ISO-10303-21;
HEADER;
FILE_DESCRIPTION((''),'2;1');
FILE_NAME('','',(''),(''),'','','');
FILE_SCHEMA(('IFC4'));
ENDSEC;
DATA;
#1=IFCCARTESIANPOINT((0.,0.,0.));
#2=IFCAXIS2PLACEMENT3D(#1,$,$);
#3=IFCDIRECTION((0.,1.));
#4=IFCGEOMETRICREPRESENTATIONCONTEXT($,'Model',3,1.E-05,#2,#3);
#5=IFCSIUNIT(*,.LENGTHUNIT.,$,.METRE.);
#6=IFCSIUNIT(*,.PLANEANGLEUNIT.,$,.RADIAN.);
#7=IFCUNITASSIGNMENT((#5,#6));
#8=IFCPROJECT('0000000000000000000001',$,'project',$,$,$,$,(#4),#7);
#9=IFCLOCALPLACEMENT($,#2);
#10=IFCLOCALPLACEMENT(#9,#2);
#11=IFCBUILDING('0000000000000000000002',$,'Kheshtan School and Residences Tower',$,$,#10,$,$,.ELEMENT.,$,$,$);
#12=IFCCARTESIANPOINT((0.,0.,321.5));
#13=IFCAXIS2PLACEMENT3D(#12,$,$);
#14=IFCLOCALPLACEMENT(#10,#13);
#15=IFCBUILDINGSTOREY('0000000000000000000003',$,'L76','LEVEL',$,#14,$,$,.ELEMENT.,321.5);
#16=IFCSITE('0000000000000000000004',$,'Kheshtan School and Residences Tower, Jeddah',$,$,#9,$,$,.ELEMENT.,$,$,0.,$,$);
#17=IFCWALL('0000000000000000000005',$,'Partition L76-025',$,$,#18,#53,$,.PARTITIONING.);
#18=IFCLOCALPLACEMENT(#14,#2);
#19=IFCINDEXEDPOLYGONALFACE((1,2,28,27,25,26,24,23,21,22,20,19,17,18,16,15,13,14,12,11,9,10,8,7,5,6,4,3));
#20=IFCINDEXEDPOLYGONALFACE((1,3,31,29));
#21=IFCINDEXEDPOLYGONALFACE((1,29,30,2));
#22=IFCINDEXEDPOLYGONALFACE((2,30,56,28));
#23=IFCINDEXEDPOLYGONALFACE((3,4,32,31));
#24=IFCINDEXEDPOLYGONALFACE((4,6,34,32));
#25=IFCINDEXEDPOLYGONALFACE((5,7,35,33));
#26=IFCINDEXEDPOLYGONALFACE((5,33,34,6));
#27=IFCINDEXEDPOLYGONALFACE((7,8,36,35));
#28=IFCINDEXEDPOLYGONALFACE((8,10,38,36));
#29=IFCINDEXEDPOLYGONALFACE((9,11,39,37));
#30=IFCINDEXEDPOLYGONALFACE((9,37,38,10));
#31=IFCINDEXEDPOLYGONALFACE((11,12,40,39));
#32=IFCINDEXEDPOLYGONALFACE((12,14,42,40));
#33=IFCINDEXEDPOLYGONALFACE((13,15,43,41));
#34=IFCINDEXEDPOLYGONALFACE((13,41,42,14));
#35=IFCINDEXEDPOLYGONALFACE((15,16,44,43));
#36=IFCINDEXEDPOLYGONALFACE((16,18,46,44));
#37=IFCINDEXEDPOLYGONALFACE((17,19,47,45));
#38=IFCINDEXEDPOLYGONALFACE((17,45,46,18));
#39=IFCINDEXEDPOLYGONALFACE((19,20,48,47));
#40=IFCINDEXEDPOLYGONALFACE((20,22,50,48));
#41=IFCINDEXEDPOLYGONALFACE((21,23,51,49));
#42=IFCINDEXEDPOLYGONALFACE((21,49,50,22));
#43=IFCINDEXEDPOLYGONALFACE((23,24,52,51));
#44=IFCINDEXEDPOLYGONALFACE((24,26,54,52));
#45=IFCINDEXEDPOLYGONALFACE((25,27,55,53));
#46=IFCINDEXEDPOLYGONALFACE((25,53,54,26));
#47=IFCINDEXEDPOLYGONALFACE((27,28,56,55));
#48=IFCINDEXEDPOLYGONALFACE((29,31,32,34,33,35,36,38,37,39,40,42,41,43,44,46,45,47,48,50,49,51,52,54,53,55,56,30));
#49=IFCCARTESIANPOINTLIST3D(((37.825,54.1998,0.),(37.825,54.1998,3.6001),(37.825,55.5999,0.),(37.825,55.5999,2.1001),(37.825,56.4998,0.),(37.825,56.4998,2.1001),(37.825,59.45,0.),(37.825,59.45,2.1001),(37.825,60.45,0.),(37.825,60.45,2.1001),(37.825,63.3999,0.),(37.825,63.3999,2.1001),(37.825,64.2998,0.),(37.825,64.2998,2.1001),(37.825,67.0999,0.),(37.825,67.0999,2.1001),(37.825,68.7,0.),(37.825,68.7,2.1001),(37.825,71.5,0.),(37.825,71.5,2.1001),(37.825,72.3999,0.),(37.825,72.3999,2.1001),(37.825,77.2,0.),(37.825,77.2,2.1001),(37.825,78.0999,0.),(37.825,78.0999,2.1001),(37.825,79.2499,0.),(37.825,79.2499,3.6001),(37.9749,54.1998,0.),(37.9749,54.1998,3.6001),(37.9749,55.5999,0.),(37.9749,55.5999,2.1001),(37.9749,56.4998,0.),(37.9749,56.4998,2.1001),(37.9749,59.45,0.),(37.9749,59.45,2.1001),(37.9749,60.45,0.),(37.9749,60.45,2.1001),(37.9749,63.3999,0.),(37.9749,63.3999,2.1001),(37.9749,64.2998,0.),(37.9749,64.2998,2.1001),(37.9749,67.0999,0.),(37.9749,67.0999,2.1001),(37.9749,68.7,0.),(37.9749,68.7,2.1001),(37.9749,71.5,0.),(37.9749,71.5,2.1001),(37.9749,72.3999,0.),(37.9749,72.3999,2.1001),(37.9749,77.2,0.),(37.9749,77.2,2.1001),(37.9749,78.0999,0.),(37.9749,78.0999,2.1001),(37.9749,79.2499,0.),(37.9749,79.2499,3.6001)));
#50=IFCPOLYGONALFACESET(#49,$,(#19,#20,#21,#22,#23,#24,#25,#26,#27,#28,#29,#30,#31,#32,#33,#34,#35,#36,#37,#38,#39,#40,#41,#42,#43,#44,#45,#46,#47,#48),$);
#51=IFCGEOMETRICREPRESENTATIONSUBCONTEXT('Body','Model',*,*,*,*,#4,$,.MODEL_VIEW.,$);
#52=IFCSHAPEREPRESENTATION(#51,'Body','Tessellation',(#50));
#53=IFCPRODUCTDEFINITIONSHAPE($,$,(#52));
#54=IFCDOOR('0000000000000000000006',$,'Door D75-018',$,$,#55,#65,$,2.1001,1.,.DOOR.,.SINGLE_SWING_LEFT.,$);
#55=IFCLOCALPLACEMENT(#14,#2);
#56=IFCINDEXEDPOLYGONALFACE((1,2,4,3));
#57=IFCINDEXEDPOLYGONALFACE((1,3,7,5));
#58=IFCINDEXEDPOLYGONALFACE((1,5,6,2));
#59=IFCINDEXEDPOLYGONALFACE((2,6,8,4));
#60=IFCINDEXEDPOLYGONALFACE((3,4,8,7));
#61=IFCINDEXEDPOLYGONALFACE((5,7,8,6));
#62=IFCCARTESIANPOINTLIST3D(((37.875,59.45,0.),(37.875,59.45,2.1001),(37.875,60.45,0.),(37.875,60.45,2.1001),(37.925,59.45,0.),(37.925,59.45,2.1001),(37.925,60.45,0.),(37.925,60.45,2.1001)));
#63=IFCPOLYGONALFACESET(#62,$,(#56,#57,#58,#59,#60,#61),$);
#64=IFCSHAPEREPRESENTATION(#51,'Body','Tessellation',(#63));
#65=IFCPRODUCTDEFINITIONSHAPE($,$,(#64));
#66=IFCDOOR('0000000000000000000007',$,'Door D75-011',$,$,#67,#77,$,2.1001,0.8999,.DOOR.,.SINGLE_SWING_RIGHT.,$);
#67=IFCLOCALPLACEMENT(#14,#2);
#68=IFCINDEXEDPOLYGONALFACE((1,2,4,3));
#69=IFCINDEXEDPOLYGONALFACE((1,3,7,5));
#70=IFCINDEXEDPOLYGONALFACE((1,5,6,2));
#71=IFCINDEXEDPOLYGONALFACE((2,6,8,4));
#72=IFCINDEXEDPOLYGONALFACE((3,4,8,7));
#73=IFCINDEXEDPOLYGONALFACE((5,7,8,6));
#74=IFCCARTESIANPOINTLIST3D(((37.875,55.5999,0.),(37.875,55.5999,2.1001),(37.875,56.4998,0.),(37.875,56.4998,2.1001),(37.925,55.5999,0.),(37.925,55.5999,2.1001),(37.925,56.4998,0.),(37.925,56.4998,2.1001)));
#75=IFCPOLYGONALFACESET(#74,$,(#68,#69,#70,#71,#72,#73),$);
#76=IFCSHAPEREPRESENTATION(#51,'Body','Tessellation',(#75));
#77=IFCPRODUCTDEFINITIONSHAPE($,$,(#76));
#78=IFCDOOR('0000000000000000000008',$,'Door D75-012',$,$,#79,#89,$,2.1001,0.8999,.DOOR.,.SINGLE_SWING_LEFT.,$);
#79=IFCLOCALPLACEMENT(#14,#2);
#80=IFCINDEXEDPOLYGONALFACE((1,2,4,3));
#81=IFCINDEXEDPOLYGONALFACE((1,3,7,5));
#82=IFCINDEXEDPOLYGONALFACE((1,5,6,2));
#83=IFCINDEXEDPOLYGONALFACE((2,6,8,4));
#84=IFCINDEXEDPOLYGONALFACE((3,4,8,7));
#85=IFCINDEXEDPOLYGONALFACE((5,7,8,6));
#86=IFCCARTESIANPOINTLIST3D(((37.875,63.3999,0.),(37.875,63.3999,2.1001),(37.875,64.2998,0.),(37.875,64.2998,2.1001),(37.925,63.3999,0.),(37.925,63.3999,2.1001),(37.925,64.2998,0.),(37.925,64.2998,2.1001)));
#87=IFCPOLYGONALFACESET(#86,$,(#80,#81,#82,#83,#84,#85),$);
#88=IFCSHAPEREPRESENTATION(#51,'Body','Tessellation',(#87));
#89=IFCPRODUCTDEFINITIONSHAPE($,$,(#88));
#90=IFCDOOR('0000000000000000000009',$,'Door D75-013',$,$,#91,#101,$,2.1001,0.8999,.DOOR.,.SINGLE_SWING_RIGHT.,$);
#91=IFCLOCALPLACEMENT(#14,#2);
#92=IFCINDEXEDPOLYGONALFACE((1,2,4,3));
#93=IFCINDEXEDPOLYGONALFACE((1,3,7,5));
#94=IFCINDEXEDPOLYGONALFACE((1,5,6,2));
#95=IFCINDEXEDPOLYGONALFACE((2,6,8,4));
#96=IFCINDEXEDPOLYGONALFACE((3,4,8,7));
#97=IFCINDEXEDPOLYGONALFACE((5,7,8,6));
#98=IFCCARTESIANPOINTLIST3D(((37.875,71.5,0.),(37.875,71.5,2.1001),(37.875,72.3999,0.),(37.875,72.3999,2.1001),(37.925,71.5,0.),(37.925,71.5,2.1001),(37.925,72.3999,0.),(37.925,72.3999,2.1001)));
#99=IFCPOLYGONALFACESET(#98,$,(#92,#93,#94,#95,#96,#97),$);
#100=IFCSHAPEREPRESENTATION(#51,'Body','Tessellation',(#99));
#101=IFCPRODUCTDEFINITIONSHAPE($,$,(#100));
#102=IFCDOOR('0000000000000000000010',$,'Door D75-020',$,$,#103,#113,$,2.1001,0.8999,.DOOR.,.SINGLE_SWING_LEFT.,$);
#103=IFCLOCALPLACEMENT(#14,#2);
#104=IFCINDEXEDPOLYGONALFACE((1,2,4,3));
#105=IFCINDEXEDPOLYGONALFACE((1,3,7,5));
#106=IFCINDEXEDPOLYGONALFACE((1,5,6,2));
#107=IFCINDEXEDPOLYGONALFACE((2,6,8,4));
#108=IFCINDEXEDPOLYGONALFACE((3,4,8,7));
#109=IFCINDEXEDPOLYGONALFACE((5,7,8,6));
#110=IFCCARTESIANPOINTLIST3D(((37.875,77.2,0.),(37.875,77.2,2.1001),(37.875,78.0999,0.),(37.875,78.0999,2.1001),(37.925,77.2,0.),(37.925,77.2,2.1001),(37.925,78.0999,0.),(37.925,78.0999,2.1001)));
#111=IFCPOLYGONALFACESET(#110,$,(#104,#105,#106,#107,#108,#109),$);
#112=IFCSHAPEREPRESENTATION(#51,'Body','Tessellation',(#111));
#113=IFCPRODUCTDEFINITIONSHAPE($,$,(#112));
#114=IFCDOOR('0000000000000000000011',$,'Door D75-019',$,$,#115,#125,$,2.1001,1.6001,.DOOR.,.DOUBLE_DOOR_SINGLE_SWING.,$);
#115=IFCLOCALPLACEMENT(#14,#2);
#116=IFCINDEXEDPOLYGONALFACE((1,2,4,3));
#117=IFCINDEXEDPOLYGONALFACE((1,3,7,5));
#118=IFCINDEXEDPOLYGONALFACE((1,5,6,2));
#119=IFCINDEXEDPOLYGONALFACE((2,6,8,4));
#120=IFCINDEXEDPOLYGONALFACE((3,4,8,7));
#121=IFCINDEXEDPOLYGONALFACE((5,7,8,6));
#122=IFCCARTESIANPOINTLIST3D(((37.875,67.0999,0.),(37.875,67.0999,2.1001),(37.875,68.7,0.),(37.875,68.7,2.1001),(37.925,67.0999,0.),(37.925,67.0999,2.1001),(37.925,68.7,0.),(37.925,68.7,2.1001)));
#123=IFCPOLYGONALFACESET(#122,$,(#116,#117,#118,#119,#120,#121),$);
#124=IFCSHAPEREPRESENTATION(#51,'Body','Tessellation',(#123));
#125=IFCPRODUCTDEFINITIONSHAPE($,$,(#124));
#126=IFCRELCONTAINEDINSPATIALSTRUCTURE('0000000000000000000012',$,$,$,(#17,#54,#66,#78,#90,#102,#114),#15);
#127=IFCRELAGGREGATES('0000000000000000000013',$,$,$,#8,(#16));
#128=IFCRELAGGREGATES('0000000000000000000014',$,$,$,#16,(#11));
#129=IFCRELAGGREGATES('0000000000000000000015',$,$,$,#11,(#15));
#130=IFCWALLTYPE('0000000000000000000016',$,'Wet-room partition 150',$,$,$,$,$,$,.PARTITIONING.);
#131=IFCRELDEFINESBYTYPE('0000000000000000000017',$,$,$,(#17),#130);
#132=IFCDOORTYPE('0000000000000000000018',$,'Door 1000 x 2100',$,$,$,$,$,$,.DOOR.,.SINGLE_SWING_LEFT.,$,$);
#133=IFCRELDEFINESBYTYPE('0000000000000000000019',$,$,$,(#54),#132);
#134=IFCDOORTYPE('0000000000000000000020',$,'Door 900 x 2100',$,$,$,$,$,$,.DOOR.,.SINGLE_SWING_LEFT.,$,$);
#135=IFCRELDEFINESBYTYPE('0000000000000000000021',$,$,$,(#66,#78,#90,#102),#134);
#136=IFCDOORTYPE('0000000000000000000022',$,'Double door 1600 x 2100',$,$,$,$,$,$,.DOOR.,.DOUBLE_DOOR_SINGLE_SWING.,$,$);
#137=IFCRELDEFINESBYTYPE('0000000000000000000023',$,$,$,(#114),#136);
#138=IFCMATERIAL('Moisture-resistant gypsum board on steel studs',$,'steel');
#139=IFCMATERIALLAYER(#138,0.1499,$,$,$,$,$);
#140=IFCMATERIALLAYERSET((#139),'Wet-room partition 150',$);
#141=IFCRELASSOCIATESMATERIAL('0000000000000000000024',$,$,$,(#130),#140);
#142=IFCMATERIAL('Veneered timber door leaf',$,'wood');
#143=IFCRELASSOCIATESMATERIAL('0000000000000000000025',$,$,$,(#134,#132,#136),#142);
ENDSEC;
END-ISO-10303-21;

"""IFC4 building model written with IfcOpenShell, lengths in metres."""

from ifc_helpers import new_model, si_unit, direction, frame, frame_2d, origin, place, context, subcontext, project, spatial, rectangle, extrude, source, transform, mapped, material, layer, layer_set, type_object, element, fill, save


model = new_model("IFC4")

# Units and contexts
model_context = context("Model", 3, precision=1e-05, world=origin(), true_north=direction((0.0, 1.0)))
body_context = subcontext(model_context, "Body", "Model", "MODEL_VIEW")
ifc_project = project(units=[si_unit("LENGTHUNIT", "METRE"), si_unit("PLANEANGLEUNIT", "RADIAN")], contexts=[model_context])

# Site, building, storey
site_placement = place(None, origin())
site = spatial("IfcSite", under=ifc_project, at=site_placement, Name="Kheshtan School and Residences Tower, Jeddah", CompositionType="ELEMENT", RefElevation=0.0)
building_placement = place(site_placement, origin())
building = spatial("IfcBuilding", under=site, at=building_placement, Name="Kheshtan School and Residences Tower", CompositionType="ELEMENT")
storey_placement = place(building_placement, frame((0.0, 0.0, 321.5)))
storey = spatial("IfcBuildingStorey", under=building, at=storey_placement, Name="L76", Description="LEVEL", CompositionType="ELEMENT", Elevation=321.5)

# Wall, openings, doors
ifc_material_1 = material(Name="Moisture-resistant gypsum board on steel studs", Category="steel")
ifc_layer_1 = layer(ifc_material_1, 0.1499)
ifc_layer_set_1 = layer_set([ifc_layer_1], Name="Wet-room partition 150")
wall_type_1 = type_object("IfcWallType", Name="Wet-room partition 150", PredefinedType="PARTITIONING", material=ifc_layer_set_1)
ifc_material_2 = material(Name="Veneered timber door leaf", Category="wood")
door_type_1 = type_object("IfcDoorType", Name="Door 900 x 2100", OperationType="SINGLE_SWING_LEFT", PredefinedType="DOOR", material=ifc_material_2)
shared_shape_1 = source(origin(), body_context, "Body", "SweptSolid", [
    extrude(rectangle(XDim=0.8999, YDim=2.1001, at=frame_2d((0.45, 1.05))), frame((0.0, 0.0249, 0.0), z_axis=(0.0, -1.0, 0.0), x_axis=(1.0, 0.0, 0.0)), (0.0, 0.0, 1.0), 0.05),
])
wall_1_placement = place(storey_placement, frame((37.8999, 54.2, 0.0), z_axis=(0.0, 0.0, 1.0), x_axis=(0.0, 1.0, 0.0)))
wall_1 = element("IfcWall", 1, at=wall_1_placement, inside=storey, type_object=wall_type_1, Name="Partition L76-025", PredefinedType="PARTITIONING", context=body_context, shape_type="SweptSolid", body=[
    extrude(rectangle(XDim=25.05, YDim=0.1499, at=frame_2d((12.5249, 0.0))), origin(), (0.0, 0.0, 1.0), 3.6001),
])
opening_1_placement = place(wall_1_placement, frame((1.3999, 0.0, 0.0)))
opening_1 = element("IfcOpeningElement", 2, at=opening_1_placement, cuts=wall_1, PredefinedType="OPENING", context=body_context, shape_type="SweptSolid", body=[
    extrude(rectangle(XDim=0.8999, YDim=2.1001, at=frame_2d((0.45, 1.05))), frame((0.0, 0.085, 0.0), z_axis=(0.0, -1.0, 0.0), x_axis=(1.0, 0.0, 0.0)), (0.0, 0.0, 1.0), 0.1699),
])
opening_2_placement = place(wall_1_placement, frame((9.2, 0.0, 0.0)))
opening_2 = element("IfcOpeningElement", 3, at=opening_2_placement, cuts=wall_1, PredefinedType="OPENING", context=body_context, shape_type="SweptSolid", body=[
    extrude(rectangle(XDim=0.8999, YDim=2.1001, at=frame_2d((0.45, 1.05))), frame((0.0, 0.085, 0.0), z_axis=(0.0, -1.0, 0.0), x_axis=(1.0, 0.0, 0.0)), (0.0, 0.0, 1.0), 0.1699),
])
opening_3_placement = place(wall_1_placement, frame((17.3, 0.0, 0.0)))
opening_3 = element("IfcOpeningElement", 4, at=opening_3_placement, cuts=wall_1, PredefinedType="OPENING", context=body_context, shape_type="SweptSolid", body=[
    extrude(rectangle(XDim=0.8999, YDim=2.1001, at=frame_2d((0.45, 1.05))), frame((0.0, 0.085, 0.0), z_axis=(0.0, -1.0, 0.0), x_axis=(1.0, 0.0, 0.0)), (0.0, 0.0, 1.0), 0.1699),
])
opening_4_placement = place(wall_1_placement, frame((5.25, 0.0, 0.0)))
opening_4 = element("IfcOpeningElement", 5, at=opening_4_placement, cuts=wall_1, PredefinedType="OPENING", context=body_context, shape_type="SweptSolid", body=[
    extrude(rectangle(XDim=1.0, YDim=2.1001, at=frame_2d((0.5, 1.05))), frame((0.0, 0.085, 0.0), z_axis=(0.0, -1.0, 0.0), x_axis=(1.0, 0.0, 0.0)), (0.0, 0.0, 1.0), 0.1699),
])
opening_5_placement = place(wall_1_placement, frame((12.8999, 0.0, 0.0)))
opening_5 = element("IfcOpeningElement", 6, at=opening_5_placement, cuts=wall_1, PredefinedType="OPENING", context=body_context, shape_type="SweptSolid", body=[
    extrude(rectangle(XDim=1.6001, YDim=2.1001, at=frame_2d((0.8, 1.05))), frame((0.0, 0.085, 0.0), z_axis=(0.0, -1.0, 0.0), x_axis=(1.0, 0.0, 0.0)), (0.0, 0.0, 1.0), 0.1699),
])
opening_6_placement = place(wall_1_placement, frame((23.0, 0.0, 0.0)))
opening_6 = element("IfcOpeningElement", 7, at=opening_6_placement, cuts=wall_1, PredefinedType="OPENING", context=body_context, shape_type="SweptSolid", body=[
    extrude(rectangle(XDim=0.8999, YDim=2.1001, at=frame_2d((0.45, 1.05))), frame((0.0, 0.085, 0.0), z_axis=(0.0, -1.0, 0.0), x_axis=(1.0, 0.0, 0.0)), (0.0, 0.0, 1.0), 0.1699),
])
door_type_2 = type_object("IfcDoorType", Name="Door 1000 x 2100", OperationType="SINGLE_SWING_LEFT", PredefinedType="DOOR", material=ifc_material_2)
shared_shape_2 = source(origin(), body_context, "Body", "SweptSolid", [
    extrude(rectangle(XDim=1.0, YDim=2.1001, at=frame_2d((0.5, 1.05))), frame((0.0, 0.0249, 0.0), z_axis=(0.0, -1.0, 0.0), x_axis=(1.0, 0.0, 0.0)), (0.0, 0.0, 1.0), 0.05),
])
door_1_placement = place(opening_4_placement, origin())
door_1 = element("IfcDoor", 8, at=door_1_placement, inside=storey, type_object=door_type_2, Name="Door D75-018", OperationType="SINGLE_SWING_LEFT", OverallHeight=2.1001, OverallWidth=1.0, PredefinedType="DOOR", context=body_context, shape_type="MappedRepresentation", body=[
    mapped(shared_shape_2, transform((0.0, 0.0, 0.0), x_axis=(1.0, 0.0, 0.0), y_axis=(0.0, 1.0, 0.0), z_axis=(0.0, 0.0, 1.0), scale=1.0)),
])
fill(opening_4, door_1)
door_2_placement = place(opening_1_placement, origin())
door_2 = element("IfcDoor", 9, at=door_2_placement, inside=storey, type_object=door_type_1, Name="Door D75-011", OperationType="SINGLE_SWING_RIGHT", OverallHeight=2.1001, OverallWidth=0.8999, PredefinedType="DOOR", context=body_context, shape_type="MappedRepresentation", body=[
    mapped(shared_shape_1, transform((0.0, 0.0, 0.0), x_axis=(1.0, 0.0, 0.0), y_axis=(0.0, 1.0, 0.0), z_axis=(0.0, 0.0, 1.0), scale=1.0)),
])
fill(opening_1, door_2)
door_3_placement = place(opening_2_placement, origin())
door_3 = element("IfcDoor", 10, at=door_3_placement, inside=storey, type_object=door_type_1, Name="Door D75-012", OperationType="SINGLE_SWING_LEFT", OverallHeight=2.1001, OverallWidth=0.8999, PredefinedType="DOOR", context=body_context, shape_type="MappedRepresentation", body=[
    mapped(shared_shape_1, transform((0.0, 0.0, 0.0), x_axis=(1.0, 0.0, 0.0), y_axis=(0.0, 1.0, 0.0), z_axis=(0.0, 0.0, 1.0), scale=1.0)),
])
fill(opening_2, door_3)
door_4_placement = place(opening_3_placement, origin())
door_4 = element("IfcDoor", 11, at=door_4_placement, inside=storey, type_object=door_type_1, Name="Door D75-013", OperationType="SINGLE_SWING_RIGHT", OverallHeight=2.1001, OverallWidth=0.8999, PredefinedType="DOOR", context=body_context, shape_type="MappedRepresentation", body=[
    mapped(shared_shape_1, transform((0.0, 0.0, 0.0), x_axis=(1.0, 0.0, 0.0), y_axis=(0.0, 1.0, 0.0), z_axis=(0.0, 0.0, 1.0), scale=1.0)),
])
fill(opening_3, door_4)
door_5_placement = place(opening_6_placement, origin())
door_5 = element("IfcDoor", 12, at=door_5_placement, inside=storey, type_object=door_type_1, Name="Door D75-020", OperationType="SINGLE_SWING_LEFT", OverallHeight=2.1001, OverallWidth=0.8999, PredefinedType="DOOR", context=body_context, shape_type="MappedRepresentation", body=[
    mapped(shared_shape_1, transform((0.0, 0.0, 0.0), x_axis=(1.0, 0.0, 0.0), y_axis=(0.0, 1.0, 0.0), z_axis=(0.0, 0.0, 1.0), scale=1.0)),
])
fill(opening_6, door_5)
door_type_3 = type_object("IfcDoorType", Name="Double door 1600 x 2100", OperationType="DOUBLE_DOOR_SINGLE_SWING", PredefinedType="DOOR", material=ifc_material_2)
shared_shape_3 = source(origin(), body_context, "Body", "SweptSolid", [
    extrude(rectangle(XDim=1.6001, YDim=2.1001, at=frame_2d((0.8, 1.05))), frame((0.0, 0.0249, 0.0), z_axis=(0.0, -1.0, 0.0), x_axis=(1.0, 0.0, 0.0)), (0.0, 0.0, 1.0), 0.05),
])
door_6_placement = place(opening_5_placement, origin())
door_6 = element("IfcDoor", 13, at=door_6_placement, inside=storey, type_object=door_type_3, Name="Door D75-019", OperationType="DOUBLE_DOOR_SINGLE_SWING", OverallHeight=2.1001, OverallWidth=1.6001, PredefinedType="DOOR", context=body_context, shape_type="MappedRepresentation", body=[
    mapped(shared_shape_3, transform((0.0, 0.0, 0.0), x_axis=(1.0, 0.0, 0.0), y_axis=(0.0, 1.0, 0.0), z_axis=(0.0, 0.0, 1.0), scale=1.0)),
])
fill(opening_5, door_6)

save(model, "model.ifc")
